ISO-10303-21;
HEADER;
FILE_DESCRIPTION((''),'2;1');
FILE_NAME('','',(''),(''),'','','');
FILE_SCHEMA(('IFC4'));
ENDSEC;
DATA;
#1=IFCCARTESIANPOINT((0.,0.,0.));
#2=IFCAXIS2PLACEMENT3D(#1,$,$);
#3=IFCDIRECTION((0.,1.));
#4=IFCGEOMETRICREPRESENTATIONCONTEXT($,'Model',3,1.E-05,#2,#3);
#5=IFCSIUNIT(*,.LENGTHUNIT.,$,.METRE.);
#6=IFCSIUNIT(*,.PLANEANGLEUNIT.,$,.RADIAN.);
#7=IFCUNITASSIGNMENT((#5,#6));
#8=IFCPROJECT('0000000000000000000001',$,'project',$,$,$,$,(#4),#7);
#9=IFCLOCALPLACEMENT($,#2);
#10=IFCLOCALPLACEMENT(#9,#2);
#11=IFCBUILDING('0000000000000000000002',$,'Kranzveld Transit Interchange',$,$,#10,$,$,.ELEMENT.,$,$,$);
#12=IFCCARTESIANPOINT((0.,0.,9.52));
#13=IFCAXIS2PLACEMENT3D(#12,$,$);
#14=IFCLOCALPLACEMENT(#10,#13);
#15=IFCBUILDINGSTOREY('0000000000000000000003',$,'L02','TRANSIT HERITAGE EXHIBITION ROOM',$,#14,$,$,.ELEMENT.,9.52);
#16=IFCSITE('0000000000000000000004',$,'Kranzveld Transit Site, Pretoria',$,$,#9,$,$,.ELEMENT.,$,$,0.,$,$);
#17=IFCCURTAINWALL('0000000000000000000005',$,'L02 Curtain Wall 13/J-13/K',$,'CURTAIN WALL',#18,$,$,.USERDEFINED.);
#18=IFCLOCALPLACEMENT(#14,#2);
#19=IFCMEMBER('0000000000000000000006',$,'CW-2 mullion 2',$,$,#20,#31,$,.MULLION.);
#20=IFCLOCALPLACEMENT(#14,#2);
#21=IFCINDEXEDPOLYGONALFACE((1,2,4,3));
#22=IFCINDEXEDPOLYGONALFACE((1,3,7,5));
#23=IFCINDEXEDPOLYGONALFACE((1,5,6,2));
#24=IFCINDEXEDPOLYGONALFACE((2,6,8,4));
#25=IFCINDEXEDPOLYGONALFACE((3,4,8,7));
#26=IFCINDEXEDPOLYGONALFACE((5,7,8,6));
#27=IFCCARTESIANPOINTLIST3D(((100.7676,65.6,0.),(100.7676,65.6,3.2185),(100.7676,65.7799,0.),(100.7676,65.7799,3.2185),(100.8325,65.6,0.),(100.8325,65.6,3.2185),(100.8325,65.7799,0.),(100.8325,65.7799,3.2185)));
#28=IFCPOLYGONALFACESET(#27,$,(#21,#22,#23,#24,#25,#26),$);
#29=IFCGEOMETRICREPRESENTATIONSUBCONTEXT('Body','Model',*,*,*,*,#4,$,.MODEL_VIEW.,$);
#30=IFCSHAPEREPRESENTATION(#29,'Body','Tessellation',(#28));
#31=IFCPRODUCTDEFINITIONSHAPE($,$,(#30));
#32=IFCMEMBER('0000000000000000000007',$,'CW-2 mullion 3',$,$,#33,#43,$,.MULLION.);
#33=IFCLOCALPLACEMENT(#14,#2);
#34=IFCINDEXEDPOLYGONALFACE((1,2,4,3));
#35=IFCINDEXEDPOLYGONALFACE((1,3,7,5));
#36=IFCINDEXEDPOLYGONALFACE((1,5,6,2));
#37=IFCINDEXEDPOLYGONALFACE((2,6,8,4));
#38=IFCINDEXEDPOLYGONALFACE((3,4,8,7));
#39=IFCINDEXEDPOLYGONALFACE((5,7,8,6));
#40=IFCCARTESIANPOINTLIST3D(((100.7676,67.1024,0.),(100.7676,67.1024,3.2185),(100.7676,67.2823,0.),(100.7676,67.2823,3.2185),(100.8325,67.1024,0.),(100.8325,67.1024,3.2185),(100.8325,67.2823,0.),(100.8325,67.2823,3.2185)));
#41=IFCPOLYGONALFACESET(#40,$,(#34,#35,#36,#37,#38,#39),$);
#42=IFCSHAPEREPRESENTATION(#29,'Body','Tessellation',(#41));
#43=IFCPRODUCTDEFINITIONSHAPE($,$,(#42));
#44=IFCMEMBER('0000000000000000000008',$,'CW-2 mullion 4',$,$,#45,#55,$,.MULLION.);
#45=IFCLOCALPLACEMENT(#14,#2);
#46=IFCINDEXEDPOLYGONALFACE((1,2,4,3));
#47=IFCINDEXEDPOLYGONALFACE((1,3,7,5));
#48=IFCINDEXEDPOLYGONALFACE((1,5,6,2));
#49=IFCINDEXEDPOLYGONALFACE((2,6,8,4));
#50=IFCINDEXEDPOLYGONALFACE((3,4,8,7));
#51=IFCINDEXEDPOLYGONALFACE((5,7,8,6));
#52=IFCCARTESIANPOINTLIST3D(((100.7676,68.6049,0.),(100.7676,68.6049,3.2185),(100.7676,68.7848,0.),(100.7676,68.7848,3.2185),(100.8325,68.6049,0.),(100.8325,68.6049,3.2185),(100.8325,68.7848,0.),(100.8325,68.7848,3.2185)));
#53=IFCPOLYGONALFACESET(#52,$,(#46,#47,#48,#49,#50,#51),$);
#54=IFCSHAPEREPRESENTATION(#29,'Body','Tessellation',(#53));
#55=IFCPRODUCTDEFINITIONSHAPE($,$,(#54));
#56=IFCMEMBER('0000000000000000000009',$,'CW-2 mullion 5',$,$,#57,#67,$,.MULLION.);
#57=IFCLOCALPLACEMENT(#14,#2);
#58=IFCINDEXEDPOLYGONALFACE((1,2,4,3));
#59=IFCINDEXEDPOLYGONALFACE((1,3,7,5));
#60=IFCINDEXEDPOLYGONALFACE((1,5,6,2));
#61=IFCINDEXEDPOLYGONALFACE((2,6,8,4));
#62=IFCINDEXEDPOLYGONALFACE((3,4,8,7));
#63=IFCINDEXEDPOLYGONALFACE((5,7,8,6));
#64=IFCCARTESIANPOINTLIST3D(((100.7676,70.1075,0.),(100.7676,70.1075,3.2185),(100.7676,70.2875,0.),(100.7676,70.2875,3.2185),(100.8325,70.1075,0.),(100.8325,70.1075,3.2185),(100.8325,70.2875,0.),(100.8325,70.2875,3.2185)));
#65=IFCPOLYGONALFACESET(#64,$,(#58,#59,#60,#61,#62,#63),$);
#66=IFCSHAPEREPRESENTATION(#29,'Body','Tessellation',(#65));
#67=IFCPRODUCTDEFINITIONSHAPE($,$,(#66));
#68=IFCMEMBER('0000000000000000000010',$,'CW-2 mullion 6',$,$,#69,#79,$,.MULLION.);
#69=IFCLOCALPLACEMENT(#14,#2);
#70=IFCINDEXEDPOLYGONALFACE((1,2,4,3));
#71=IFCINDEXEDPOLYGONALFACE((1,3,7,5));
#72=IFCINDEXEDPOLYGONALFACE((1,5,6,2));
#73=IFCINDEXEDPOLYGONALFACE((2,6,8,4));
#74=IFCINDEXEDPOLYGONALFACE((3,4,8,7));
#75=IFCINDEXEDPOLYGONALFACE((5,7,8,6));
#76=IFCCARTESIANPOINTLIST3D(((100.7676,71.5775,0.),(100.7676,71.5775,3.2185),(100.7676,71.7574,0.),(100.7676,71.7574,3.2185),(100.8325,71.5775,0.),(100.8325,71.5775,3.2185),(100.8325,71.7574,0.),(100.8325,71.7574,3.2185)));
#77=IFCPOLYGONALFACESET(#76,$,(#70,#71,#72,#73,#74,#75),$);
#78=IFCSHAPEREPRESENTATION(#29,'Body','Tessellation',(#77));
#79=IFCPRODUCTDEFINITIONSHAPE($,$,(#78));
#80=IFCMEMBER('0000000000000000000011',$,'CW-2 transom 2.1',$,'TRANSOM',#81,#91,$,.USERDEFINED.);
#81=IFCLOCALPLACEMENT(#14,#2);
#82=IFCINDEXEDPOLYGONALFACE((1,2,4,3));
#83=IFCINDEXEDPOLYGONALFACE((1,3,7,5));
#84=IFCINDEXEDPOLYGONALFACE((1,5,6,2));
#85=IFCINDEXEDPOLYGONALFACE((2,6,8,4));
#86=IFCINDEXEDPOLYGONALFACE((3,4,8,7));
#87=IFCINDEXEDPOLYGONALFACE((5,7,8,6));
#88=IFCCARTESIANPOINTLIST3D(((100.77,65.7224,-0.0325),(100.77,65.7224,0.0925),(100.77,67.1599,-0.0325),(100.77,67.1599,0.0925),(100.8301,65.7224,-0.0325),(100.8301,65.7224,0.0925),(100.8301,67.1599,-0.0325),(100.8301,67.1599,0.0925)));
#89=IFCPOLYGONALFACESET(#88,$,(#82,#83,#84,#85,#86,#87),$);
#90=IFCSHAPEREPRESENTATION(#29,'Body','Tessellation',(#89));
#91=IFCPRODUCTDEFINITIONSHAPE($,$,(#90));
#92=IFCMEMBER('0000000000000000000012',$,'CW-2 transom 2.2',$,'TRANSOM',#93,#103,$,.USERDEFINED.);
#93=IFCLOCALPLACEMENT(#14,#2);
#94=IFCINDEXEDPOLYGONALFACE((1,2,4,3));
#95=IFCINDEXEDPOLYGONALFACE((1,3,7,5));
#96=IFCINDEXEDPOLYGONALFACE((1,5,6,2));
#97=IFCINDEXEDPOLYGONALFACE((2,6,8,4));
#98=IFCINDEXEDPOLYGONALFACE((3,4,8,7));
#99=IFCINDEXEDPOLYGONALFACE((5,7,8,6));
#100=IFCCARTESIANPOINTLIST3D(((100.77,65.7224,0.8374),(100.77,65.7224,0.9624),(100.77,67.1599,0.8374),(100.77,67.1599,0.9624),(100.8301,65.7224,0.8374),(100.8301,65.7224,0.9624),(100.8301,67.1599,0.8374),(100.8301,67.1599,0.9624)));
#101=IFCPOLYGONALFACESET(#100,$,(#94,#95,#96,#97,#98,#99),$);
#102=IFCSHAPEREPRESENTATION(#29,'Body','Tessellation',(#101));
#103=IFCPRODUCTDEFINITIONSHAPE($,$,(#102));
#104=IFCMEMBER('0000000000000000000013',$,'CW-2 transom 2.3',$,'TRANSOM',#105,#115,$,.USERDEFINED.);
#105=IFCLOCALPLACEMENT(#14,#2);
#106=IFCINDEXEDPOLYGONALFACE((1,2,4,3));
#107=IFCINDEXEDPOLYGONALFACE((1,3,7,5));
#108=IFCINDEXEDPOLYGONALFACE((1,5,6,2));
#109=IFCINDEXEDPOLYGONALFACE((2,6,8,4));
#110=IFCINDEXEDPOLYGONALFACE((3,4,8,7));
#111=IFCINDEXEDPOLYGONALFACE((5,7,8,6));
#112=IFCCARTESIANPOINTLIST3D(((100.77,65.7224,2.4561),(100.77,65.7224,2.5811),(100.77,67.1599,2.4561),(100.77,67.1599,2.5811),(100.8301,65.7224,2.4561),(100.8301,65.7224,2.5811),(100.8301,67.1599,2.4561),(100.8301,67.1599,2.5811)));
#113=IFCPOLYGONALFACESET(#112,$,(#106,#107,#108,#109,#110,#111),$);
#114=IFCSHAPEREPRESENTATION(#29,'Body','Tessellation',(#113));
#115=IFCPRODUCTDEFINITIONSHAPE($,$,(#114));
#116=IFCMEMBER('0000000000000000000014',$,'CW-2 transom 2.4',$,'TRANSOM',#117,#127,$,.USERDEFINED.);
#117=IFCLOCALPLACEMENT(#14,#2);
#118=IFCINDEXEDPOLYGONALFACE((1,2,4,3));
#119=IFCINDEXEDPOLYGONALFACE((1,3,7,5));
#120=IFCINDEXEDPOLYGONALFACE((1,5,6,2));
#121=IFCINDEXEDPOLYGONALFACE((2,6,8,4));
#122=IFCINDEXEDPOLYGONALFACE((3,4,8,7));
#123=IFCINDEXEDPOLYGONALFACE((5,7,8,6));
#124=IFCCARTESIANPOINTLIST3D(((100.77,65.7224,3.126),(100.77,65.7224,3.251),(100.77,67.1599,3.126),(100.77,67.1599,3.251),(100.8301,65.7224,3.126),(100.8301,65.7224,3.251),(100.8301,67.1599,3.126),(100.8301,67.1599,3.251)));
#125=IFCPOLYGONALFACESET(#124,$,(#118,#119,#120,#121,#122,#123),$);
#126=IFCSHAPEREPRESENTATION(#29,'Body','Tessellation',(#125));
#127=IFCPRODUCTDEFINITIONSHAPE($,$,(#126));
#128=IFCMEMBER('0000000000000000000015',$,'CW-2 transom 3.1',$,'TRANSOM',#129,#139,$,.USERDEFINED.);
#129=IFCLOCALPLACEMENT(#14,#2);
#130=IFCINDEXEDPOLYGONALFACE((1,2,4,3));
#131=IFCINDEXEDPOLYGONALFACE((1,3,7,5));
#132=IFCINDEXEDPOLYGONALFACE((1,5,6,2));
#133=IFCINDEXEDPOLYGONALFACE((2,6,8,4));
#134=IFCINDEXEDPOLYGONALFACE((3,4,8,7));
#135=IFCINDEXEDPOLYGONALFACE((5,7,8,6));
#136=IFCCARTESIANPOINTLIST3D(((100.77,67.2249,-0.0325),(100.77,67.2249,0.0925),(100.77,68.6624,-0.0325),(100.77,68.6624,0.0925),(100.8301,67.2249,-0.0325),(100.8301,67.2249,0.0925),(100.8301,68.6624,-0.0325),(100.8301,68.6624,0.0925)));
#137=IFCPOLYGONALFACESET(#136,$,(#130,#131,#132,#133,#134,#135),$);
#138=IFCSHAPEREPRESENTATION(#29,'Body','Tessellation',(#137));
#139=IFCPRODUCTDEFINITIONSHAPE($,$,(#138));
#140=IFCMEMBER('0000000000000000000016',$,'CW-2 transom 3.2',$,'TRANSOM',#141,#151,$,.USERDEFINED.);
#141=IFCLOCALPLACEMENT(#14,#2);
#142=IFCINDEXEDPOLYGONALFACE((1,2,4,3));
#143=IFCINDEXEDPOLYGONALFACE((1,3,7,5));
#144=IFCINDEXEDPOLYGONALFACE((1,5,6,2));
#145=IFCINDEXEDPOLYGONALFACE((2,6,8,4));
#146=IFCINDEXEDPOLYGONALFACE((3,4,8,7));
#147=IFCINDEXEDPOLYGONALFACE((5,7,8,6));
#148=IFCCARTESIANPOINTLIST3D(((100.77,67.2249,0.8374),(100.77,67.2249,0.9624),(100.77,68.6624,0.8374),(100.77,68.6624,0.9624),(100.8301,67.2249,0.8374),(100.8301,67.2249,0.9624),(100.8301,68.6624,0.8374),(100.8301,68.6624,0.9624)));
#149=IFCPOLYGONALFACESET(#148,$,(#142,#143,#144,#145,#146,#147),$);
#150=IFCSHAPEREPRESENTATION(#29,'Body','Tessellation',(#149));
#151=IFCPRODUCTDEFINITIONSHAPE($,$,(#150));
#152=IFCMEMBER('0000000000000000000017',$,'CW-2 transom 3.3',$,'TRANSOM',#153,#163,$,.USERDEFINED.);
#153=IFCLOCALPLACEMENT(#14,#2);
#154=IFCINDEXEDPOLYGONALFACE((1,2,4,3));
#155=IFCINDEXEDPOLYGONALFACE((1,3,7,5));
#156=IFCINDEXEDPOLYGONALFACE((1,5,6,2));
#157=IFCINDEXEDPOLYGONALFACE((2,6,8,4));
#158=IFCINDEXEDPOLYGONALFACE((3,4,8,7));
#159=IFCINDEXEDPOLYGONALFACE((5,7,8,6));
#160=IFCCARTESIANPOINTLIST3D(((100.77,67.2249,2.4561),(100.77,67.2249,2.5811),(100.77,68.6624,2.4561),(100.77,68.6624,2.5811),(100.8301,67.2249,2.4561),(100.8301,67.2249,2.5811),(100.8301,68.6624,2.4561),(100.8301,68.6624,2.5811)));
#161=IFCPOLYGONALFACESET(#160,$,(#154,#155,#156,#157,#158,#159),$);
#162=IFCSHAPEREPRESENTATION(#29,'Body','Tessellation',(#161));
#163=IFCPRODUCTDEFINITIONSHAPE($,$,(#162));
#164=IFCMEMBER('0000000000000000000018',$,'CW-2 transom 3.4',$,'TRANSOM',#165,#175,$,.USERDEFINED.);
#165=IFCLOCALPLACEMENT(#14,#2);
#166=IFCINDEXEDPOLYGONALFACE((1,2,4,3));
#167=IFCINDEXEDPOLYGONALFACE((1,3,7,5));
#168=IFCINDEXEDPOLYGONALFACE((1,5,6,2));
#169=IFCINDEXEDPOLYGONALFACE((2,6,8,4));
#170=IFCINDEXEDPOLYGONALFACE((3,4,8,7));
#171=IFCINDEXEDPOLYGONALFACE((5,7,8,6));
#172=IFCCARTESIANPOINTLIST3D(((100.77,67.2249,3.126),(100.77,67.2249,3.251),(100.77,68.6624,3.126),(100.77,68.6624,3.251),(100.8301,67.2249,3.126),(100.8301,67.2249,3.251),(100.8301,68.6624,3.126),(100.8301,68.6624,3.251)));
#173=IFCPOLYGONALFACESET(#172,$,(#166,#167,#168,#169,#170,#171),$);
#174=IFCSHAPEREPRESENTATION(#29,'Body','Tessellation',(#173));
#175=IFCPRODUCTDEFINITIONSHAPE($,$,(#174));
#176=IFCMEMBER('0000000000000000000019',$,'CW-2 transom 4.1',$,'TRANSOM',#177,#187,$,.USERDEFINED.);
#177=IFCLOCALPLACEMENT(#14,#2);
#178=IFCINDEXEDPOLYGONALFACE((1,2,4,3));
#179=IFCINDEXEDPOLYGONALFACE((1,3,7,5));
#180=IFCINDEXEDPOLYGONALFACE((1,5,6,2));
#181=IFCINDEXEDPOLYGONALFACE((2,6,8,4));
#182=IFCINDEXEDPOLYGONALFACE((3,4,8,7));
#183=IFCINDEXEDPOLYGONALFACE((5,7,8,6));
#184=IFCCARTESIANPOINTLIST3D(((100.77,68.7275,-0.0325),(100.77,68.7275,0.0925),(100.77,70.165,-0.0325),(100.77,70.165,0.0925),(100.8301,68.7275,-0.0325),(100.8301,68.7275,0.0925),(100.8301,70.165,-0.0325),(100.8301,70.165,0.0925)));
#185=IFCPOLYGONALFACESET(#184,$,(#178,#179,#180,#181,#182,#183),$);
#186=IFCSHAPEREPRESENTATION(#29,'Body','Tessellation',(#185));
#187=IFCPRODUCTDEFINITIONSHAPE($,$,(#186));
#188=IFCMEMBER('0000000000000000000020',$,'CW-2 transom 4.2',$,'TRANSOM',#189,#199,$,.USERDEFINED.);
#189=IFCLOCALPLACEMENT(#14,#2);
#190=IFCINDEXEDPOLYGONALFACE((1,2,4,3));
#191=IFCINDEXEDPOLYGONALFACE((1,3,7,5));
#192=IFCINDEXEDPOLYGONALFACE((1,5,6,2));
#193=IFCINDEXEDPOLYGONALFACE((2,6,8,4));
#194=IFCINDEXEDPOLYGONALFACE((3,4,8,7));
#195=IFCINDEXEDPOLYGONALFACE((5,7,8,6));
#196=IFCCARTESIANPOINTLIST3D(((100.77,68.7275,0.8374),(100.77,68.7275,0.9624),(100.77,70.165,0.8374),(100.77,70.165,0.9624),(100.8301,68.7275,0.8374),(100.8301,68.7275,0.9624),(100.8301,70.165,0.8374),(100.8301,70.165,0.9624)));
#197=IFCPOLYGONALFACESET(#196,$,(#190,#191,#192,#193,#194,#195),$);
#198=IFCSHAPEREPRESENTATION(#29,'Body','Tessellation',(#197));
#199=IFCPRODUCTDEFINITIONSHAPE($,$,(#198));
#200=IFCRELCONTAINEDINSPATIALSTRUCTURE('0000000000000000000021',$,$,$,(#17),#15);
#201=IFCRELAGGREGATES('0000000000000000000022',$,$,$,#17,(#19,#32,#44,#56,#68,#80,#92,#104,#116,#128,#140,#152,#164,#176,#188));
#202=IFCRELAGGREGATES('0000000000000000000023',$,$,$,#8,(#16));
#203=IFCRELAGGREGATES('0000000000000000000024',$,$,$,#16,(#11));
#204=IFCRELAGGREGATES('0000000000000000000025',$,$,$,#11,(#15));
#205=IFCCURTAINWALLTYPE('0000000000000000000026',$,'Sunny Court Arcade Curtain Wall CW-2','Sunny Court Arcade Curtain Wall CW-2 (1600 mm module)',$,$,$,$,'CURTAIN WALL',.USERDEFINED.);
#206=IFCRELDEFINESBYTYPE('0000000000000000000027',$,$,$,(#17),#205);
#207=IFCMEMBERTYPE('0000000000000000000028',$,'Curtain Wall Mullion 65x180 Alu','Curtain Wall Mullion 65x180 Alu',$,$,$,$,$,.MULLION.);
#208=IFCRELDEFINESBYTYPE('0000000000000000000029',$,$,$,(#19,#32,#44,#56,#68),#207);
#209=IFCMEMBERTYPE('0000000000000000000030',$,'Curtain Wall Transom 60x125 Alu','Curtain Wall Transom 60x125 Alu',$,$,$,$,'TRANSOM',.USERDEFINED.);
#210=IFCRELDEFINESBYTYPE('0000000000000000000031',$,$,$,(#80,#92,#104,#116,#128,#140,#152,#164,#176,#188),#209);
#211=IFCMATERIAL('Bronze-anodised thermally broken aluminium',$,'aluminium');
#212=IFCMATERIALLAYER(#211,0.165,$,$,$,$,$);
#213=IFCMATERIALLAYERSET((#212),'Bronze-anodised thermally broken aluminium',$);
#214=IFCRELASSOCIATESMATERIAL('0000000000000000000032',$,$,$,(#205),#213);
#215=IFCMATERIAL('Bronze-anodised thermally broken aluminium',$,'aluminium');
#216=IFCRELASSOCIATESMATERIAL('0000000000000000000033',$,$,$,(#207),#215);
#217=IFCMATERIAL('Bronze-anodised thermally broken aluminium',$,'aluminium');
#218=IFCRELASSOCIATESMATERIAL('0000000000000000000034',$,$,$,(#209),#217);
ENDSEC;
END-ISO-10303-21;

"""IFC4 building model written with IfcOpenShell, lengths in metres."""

from ifc_helpers import new_model, si_unit, direction, frame, origin, origin_2d, place, context, subcontext, project, spatial, rectangle, extrude, material, layer, layer_set, material_profile, profile_set, type_object, element, aggregate, save


model = new_model("IFC4")

# Units and contexts
model_context = context("Model", 3, precision=1e-05, world=origin(), true_north=direction((0.0, 1.0)))
body_context = subcontext(model_context, "Body", "Model", "MODEL_VIEW")
ifc_project = project(units=[si_unit("LENGTHUNIT", "METRE"), si_unit("PLANEANGLEUNIT", "RADIAN")], contexts=[model_context])

# Site, building, storey
site_placement = place(None, origin())
site = spatial("IfcSite", under=ifc_project, at=site_placement, Name="Kranzveld Transit Site, Pretoria", CompositionType="ELEMENT", RefElevation=0.0)
building_placement = place(site_placement, origin())
building = spatial("IfcBuilding", under=site, at=building_placement, Name="Kranzveld Transit Interchange", CompositionType="ELEMENT")
storey_placement = place(building_placement, frame((0.0, 0.0, 9.52)))
storey = spatial("IfcBuildingStorey", under=building, at=storey_placement, Name="L02", Description="TRANSIT HERITAGE EXHIBITION ROOM", CompositionType="ELEMENT", Elevation=9.52)

# Curtain wall, members
ifc_material_1 = material(Name="Bronze-anodised thermally broken aluminium", Category="aluminium")
ifc_layer_1 = layer(ifc_material_1, 0.165)
ifc_layer_set_1 = layer_set([ifc_layer_1], Name="Bronze-anodised thermally broken aluminium")
curtain_wall_type = type_object("IfcCurtainWallType", Name="Sunny Court Arcade Curtain Wall CW-2", Description="Sunny Court Arcade Curtain Wall CW-2 (1600 mm module)", ElementType="CURTAIN WALL", PredefinedType="USERDEFINED", material=ifc_layer_set_1)
curtain_wall_placement = place(storey_placement, origin())
curtain_wall = element("IfcCurtainWall", 1, at=curtain_wall_placement, inside=storey, type_object=curtain_wall_type, Name="L02 Curtain Wall 13/J-13/K", ObjectType="CURTAIN WALL", PredefinedType="USERDEFINED")
ifc_material_2 = material(Name="Bronze-anodised thermally broken aluminium", Category="aluminium")
ifc_material_profile_1 = material_profile(ifc_material_2, rectangle(XDim=0.0649, YDim=0.1799, at=origin_2d()), Name="ALU MULLION 65x180")
ifc_profile_set_1 = profile_set([ifc_material_profile_1], Name="Bronze-anodised thermally broken aluminium")
member_type_1 = type_object("IfcMemberType", Name="Curtain Wall Mullion 65x180 Alu", Description="Curtain Wall Mullion 65x180 Alu", PredefinedType="MULLION", material=ifc_profile_set_1)
member_1_placement = place(storey_placement, frame((100.8, 65.6899, 0.0), z_axis=(0.0, 0.0, 1.0), x_axis=(-1.0, 0.0, 0.0)))
member_1 = element("IfcMember", 2, at=member_1_placement, type_object=member_type_1, Name="CW-2 mullion 2", PredefinedType="MULLION", context=body_context, shape_type="SweptSolid", body=[
    extrude(rectangle(XDim=0.0649, YDim=0.1799, at=origin_2d()), origin(), (0.0, 0.0, 1.0), 3.2185),
])
member_2_placement = place(storey_placement, frame((100.8, 67.1924, 0.0), z_axis=(0.0, 0.0, 1.0), x_axis=(-1.0, 0.0, 0.0)))
member_2 = element("IfcMember", 3, at=member_2_placement, type_object=member_type_1, Name="CW-2 mullion 3", PredefinedType="MULLION", context=body_context, shape_type="SweptSolid", body=[
    extrude(rectangle(XDim=0.0649, YDim=0.1799, at=origin_2d()), origin(), (0.0, 0.0, 1.0), 3.2185),
])
member_3_placement = place(storey_placement, frame((100.8, 68.6948, 0.0), z_axis=(0.0, 0.0, 1.0), x_axis=(-1.0, 0.0, 0.0)))
member_3 = element("IfcMember", 4, at=member_3_placement, type_object=member_type_1, Name="CW-2 mullion 4", PredefinedType="MULLION", context=body_context, shape_type="SweptSolid", body=[
    extrude(rectangle(XDim=0.0649, YDim=0.1799, at=origin_2d()), origin(), (0.0, 0.0, 1.0), 3.2185),
])
member_4_placement = place(storey_placement, frame((100.8, 70.1975, 0.0), z_axis=(0.0, 0.0, 1.0), x_axis=(-1.0, 0.0, 0.0)))
member_4 = element("IfcMember", 5, at=member_4_placement, type_object=member_type_1, Name="CW-2 mullion 5", PredefinedType="MULLION", context=body_context, shape_type="SweptSolid", body=[
    extrude(rectangle(XDim=0.0649, YDim=0.1799, at=origin_2d()), origin(), (0.0, 0.0, 1.0), 3.2185),
])
member_5_placement = place(storey_placement, frame((100.8, 71.6675, 0.0), z_axis=(0.0, 0.0, 1.0), x_axis=(-1.0, 0.0, 0.0)))
member_5 = element("IfcMember", 6, at=member_5_placement, type_object=member_type_1, Name="CW-2 mullion 6", PredefinedType="MULLION", context=body_context, shape_type="SweptSolid", body=[
    extrude(rectangle(XDim=0.0649, YDim=0.1799, at=origin_2d()), origin(), (0.0, 0.0, 1.0), 3.2185),
])
ifc_material_3 = material(Name="Bronze-anodised thermally broken aluminium", Category="aluminium")
ifc_material_profile_2 = material_profile(ifc_material_3, rectangle(XDim=0.0601, YDim=0.125, at=origin_2d()), Name="ALU TRANSOM 60x125")
ifc_profile_set_2 = profile_set([ifc_material_profile_2], Name="Bronze-anodised thermally broken aluminium")
member_type_2 = type_object("IfcMemberType", Name="Curtain Wall Transom 60x125 Alu", Description="Curtain Wall Transom 60x125 Alu", ElementType="TRANSOM", PredefinedType="USERDEFINED", material=ifc_profile_set_2)
member_6_placement = place(storey_placement, frame((100.8, 65.7224, 0.03), z_axis=(0.0, 1.0, 0.0), x_axis=(-1.0, 0.0, 0.0)))
member_6 = element("IfcMember", 7, at=member_6_placement, type_object=member_type_2, Name="CW-2 transom 2.1", ObjectType="TRANSOM", PredefinedType="USERDEFINED", context=body_context, shape_type="SweptSolid", body=[
    extrude(rectangle(XDim=0.0601, YDim=0.125, at=origin_2d()), origin(), (0.0, 0.0, 1.0), 1.4375),
])
member_7_placement = place(storey_placement, frame((100.8, 65.7224, 0.8999), z_axis=(0.0, 1.0, 0.0), x_axis=(-1.0, 0.0, 0.0)))
member_7 = element("IfcMember", 8, at=member_7_placement, type_object=member_type_2, Name="CW-2 transom 2.2", ObjectType="TRANSOM", PredefinedType="USERDEFINED", context=body_context, shape_type="SweptSolid", body=[
    extrude(rectangle(XDim=0.0601, YDim=0.125, at=origin_2d()), origin(), (0.0, 0.0, 1.0), 1.4375),
])
member_8_placement = place(storey_placement, frame((100.8, 65.7224, 2.5186), z_axis=(0.0, 1.0, 0.0), x_axis=(-1.0, 0.0, 0.0)))
member_8 = element("IfcMember", 9, at=member_8_placement, type_object=member_type_2, Name="CW-2 transom 2.3", ObjectType="TRANSOM", PredefinedType="USERDEFINED", context=body_context, shape_type="SweptSolid", body=[
    extrude(rectangle(XDim=0.0601, YDim=0.125, at=origin_2d()), origin(), (0.0, 0.0, 1.0), 1.4375),
])
member_9_placement = place(storey_placement, frame((100.8, 65.7224, 3.1885), z_axis=(0.0, 1.0, 0.0), x_axis=(-1.0, 0.0, 0.0)))
member_9 = element("IfcMember", 10, at=member_9_placement, type_object=member_type_2, Name="CW-2 transom 2.4", ObjectType="TRANSOM", PredefinedType="USERDEFINED", context=body_context, shape_type="SweptSolid", body=[
    extrude(rectangle(XDim=0.0601, YDim=0.125, at=origin_2d()), origin(), (0.0, 0.0, 1.0), 1.4375),
])
member_10_placement = place(storey_placement, frame((100.8, 67.2249, 0.03), z_axis=(0.0, 1.0, 0.0), x_axis=(-1.0, 0.0, 0.0)))
member_10 = element("IfcMember", 11, at=member_10_placement, type_object=member_type_2, Name="CW-2 transom 3.1", ObjectType="TRANSOM", PredefinedType="USERDEFINED", context=body_context, shape_type="SweptSolid", body=[
    extrude(rectangle(XDim=0.0601, YDim=0.125, at=origin_2d()), origin(), (0.0, 0.0, 1.0), 1.4375),
])
member_11_placement = place(storey_placement, frame((100.8, 67.2249, 0.8999), z_axis=(0.0, 1.0, 0.0), x_axis=(-1.0, 0.0, 0.0)))
member_11 = element("IfcMember", 12, at=member_11_placement, type_object=member_type_2, Name="CW-2 transom 3.2", ObjectType="TRANSOM", PredefinedType="USERDEFINED", context=body_context, shape_type="SweptSolid", body=[
    extrude(rectangle(XDim=0.0601, YDim=0.125, at=origin_2d()), origin(), (0.0, 0.0, 1.0), 1.4375),
])
member_12_placement = place(storey_placement, frame((100.8, 67.2249, 2.5186), z_axis=(0.0, 1.0, 0.0), x_axis=(-1.0, 0.0, 0.0)))
member_12 = element("IfcMember", 13, at=member_12_placement, type_object=member_type_2, Name="CW-2 transom 3.3", ObjectType="TRANSOM", PredefinedType="USERDEFINED", context=body_context, shape_type="SweptSolid", body=[
    extrude(rectangle(XDim=0.0601, YDim=0.125, at=origin_2d()), origin(), (0.0, 0.0, 1.0), 1.4375),
])
member_13_placement = place(storey_placement, frame((100.8, 67.2249, 3.1885), z_axis=(0.0, 1.0, 0.0), x_axis=(-1.0, 0.0, 0.0)))
member_13 = element("IfcMember", 14, at=member_13_placement, type_object=member_type_2, Name="CW-2 transom 3.4", ObjectType="TRANSOM", PredefinedType="USERDEFINED", context=body_context, shape_type="SweptSolid", body=[
    extrude(rectangle(XDim=0.0601, YDim=0.125, at=origin_2d()), origin(), (0.0, 0.0, 1.0), 1.4375),
])
member_14_placement = place(storey_placement, frame((100.8, 68.7275, 0.03), z_axis=(0.0, 1.0, 0.0), x_axis=(-1.0, 0.0, 0.0)))
member_14 = element("IfcMember", 15, at=member_14_placement, type_object=member_type_2, Name="CW-2 transom 4.1", ObjectType="TRANSOM", PredefinedType="USERDEFINED", context=body_context, shape_type="SweptSolid", body=[
    extrude(rectangle(XDim=0.0601, YDim=0.125, at=origin_2d()), origin(), (0.0, 0.0, 1.0), 1.4375),
])
member_15_placement = place(storey_placement, frame((100.8, 68.7275, 0.8999), z_axis=(0.0, 1.0, 0.0), x_axis=(-1.0, 0.0, 0.0)))
member_15 = element("IfcMember", 16, at=member_15_placement, type_object=member_type_2, Name="CW-2 transom 4.2", ObjectType="TRANSOM", PredefinedType="USERDEFINED", context=body_context, shape_type="SweptSolid", body=[
    extrude(rectangle(XDim=0.0601, YDim=0.125, at=origin_2d()), origin(), (0.0, 0.0, 1.0), 1.4375),
])
aggregate(curtain_wall, [member_1, member_2, member_3, member_4, member_5, member_6, member_7, member_8, member_9, member_10, member_11, member_12, member_13, member_14, member_15])

save(model, "model.ifc")
